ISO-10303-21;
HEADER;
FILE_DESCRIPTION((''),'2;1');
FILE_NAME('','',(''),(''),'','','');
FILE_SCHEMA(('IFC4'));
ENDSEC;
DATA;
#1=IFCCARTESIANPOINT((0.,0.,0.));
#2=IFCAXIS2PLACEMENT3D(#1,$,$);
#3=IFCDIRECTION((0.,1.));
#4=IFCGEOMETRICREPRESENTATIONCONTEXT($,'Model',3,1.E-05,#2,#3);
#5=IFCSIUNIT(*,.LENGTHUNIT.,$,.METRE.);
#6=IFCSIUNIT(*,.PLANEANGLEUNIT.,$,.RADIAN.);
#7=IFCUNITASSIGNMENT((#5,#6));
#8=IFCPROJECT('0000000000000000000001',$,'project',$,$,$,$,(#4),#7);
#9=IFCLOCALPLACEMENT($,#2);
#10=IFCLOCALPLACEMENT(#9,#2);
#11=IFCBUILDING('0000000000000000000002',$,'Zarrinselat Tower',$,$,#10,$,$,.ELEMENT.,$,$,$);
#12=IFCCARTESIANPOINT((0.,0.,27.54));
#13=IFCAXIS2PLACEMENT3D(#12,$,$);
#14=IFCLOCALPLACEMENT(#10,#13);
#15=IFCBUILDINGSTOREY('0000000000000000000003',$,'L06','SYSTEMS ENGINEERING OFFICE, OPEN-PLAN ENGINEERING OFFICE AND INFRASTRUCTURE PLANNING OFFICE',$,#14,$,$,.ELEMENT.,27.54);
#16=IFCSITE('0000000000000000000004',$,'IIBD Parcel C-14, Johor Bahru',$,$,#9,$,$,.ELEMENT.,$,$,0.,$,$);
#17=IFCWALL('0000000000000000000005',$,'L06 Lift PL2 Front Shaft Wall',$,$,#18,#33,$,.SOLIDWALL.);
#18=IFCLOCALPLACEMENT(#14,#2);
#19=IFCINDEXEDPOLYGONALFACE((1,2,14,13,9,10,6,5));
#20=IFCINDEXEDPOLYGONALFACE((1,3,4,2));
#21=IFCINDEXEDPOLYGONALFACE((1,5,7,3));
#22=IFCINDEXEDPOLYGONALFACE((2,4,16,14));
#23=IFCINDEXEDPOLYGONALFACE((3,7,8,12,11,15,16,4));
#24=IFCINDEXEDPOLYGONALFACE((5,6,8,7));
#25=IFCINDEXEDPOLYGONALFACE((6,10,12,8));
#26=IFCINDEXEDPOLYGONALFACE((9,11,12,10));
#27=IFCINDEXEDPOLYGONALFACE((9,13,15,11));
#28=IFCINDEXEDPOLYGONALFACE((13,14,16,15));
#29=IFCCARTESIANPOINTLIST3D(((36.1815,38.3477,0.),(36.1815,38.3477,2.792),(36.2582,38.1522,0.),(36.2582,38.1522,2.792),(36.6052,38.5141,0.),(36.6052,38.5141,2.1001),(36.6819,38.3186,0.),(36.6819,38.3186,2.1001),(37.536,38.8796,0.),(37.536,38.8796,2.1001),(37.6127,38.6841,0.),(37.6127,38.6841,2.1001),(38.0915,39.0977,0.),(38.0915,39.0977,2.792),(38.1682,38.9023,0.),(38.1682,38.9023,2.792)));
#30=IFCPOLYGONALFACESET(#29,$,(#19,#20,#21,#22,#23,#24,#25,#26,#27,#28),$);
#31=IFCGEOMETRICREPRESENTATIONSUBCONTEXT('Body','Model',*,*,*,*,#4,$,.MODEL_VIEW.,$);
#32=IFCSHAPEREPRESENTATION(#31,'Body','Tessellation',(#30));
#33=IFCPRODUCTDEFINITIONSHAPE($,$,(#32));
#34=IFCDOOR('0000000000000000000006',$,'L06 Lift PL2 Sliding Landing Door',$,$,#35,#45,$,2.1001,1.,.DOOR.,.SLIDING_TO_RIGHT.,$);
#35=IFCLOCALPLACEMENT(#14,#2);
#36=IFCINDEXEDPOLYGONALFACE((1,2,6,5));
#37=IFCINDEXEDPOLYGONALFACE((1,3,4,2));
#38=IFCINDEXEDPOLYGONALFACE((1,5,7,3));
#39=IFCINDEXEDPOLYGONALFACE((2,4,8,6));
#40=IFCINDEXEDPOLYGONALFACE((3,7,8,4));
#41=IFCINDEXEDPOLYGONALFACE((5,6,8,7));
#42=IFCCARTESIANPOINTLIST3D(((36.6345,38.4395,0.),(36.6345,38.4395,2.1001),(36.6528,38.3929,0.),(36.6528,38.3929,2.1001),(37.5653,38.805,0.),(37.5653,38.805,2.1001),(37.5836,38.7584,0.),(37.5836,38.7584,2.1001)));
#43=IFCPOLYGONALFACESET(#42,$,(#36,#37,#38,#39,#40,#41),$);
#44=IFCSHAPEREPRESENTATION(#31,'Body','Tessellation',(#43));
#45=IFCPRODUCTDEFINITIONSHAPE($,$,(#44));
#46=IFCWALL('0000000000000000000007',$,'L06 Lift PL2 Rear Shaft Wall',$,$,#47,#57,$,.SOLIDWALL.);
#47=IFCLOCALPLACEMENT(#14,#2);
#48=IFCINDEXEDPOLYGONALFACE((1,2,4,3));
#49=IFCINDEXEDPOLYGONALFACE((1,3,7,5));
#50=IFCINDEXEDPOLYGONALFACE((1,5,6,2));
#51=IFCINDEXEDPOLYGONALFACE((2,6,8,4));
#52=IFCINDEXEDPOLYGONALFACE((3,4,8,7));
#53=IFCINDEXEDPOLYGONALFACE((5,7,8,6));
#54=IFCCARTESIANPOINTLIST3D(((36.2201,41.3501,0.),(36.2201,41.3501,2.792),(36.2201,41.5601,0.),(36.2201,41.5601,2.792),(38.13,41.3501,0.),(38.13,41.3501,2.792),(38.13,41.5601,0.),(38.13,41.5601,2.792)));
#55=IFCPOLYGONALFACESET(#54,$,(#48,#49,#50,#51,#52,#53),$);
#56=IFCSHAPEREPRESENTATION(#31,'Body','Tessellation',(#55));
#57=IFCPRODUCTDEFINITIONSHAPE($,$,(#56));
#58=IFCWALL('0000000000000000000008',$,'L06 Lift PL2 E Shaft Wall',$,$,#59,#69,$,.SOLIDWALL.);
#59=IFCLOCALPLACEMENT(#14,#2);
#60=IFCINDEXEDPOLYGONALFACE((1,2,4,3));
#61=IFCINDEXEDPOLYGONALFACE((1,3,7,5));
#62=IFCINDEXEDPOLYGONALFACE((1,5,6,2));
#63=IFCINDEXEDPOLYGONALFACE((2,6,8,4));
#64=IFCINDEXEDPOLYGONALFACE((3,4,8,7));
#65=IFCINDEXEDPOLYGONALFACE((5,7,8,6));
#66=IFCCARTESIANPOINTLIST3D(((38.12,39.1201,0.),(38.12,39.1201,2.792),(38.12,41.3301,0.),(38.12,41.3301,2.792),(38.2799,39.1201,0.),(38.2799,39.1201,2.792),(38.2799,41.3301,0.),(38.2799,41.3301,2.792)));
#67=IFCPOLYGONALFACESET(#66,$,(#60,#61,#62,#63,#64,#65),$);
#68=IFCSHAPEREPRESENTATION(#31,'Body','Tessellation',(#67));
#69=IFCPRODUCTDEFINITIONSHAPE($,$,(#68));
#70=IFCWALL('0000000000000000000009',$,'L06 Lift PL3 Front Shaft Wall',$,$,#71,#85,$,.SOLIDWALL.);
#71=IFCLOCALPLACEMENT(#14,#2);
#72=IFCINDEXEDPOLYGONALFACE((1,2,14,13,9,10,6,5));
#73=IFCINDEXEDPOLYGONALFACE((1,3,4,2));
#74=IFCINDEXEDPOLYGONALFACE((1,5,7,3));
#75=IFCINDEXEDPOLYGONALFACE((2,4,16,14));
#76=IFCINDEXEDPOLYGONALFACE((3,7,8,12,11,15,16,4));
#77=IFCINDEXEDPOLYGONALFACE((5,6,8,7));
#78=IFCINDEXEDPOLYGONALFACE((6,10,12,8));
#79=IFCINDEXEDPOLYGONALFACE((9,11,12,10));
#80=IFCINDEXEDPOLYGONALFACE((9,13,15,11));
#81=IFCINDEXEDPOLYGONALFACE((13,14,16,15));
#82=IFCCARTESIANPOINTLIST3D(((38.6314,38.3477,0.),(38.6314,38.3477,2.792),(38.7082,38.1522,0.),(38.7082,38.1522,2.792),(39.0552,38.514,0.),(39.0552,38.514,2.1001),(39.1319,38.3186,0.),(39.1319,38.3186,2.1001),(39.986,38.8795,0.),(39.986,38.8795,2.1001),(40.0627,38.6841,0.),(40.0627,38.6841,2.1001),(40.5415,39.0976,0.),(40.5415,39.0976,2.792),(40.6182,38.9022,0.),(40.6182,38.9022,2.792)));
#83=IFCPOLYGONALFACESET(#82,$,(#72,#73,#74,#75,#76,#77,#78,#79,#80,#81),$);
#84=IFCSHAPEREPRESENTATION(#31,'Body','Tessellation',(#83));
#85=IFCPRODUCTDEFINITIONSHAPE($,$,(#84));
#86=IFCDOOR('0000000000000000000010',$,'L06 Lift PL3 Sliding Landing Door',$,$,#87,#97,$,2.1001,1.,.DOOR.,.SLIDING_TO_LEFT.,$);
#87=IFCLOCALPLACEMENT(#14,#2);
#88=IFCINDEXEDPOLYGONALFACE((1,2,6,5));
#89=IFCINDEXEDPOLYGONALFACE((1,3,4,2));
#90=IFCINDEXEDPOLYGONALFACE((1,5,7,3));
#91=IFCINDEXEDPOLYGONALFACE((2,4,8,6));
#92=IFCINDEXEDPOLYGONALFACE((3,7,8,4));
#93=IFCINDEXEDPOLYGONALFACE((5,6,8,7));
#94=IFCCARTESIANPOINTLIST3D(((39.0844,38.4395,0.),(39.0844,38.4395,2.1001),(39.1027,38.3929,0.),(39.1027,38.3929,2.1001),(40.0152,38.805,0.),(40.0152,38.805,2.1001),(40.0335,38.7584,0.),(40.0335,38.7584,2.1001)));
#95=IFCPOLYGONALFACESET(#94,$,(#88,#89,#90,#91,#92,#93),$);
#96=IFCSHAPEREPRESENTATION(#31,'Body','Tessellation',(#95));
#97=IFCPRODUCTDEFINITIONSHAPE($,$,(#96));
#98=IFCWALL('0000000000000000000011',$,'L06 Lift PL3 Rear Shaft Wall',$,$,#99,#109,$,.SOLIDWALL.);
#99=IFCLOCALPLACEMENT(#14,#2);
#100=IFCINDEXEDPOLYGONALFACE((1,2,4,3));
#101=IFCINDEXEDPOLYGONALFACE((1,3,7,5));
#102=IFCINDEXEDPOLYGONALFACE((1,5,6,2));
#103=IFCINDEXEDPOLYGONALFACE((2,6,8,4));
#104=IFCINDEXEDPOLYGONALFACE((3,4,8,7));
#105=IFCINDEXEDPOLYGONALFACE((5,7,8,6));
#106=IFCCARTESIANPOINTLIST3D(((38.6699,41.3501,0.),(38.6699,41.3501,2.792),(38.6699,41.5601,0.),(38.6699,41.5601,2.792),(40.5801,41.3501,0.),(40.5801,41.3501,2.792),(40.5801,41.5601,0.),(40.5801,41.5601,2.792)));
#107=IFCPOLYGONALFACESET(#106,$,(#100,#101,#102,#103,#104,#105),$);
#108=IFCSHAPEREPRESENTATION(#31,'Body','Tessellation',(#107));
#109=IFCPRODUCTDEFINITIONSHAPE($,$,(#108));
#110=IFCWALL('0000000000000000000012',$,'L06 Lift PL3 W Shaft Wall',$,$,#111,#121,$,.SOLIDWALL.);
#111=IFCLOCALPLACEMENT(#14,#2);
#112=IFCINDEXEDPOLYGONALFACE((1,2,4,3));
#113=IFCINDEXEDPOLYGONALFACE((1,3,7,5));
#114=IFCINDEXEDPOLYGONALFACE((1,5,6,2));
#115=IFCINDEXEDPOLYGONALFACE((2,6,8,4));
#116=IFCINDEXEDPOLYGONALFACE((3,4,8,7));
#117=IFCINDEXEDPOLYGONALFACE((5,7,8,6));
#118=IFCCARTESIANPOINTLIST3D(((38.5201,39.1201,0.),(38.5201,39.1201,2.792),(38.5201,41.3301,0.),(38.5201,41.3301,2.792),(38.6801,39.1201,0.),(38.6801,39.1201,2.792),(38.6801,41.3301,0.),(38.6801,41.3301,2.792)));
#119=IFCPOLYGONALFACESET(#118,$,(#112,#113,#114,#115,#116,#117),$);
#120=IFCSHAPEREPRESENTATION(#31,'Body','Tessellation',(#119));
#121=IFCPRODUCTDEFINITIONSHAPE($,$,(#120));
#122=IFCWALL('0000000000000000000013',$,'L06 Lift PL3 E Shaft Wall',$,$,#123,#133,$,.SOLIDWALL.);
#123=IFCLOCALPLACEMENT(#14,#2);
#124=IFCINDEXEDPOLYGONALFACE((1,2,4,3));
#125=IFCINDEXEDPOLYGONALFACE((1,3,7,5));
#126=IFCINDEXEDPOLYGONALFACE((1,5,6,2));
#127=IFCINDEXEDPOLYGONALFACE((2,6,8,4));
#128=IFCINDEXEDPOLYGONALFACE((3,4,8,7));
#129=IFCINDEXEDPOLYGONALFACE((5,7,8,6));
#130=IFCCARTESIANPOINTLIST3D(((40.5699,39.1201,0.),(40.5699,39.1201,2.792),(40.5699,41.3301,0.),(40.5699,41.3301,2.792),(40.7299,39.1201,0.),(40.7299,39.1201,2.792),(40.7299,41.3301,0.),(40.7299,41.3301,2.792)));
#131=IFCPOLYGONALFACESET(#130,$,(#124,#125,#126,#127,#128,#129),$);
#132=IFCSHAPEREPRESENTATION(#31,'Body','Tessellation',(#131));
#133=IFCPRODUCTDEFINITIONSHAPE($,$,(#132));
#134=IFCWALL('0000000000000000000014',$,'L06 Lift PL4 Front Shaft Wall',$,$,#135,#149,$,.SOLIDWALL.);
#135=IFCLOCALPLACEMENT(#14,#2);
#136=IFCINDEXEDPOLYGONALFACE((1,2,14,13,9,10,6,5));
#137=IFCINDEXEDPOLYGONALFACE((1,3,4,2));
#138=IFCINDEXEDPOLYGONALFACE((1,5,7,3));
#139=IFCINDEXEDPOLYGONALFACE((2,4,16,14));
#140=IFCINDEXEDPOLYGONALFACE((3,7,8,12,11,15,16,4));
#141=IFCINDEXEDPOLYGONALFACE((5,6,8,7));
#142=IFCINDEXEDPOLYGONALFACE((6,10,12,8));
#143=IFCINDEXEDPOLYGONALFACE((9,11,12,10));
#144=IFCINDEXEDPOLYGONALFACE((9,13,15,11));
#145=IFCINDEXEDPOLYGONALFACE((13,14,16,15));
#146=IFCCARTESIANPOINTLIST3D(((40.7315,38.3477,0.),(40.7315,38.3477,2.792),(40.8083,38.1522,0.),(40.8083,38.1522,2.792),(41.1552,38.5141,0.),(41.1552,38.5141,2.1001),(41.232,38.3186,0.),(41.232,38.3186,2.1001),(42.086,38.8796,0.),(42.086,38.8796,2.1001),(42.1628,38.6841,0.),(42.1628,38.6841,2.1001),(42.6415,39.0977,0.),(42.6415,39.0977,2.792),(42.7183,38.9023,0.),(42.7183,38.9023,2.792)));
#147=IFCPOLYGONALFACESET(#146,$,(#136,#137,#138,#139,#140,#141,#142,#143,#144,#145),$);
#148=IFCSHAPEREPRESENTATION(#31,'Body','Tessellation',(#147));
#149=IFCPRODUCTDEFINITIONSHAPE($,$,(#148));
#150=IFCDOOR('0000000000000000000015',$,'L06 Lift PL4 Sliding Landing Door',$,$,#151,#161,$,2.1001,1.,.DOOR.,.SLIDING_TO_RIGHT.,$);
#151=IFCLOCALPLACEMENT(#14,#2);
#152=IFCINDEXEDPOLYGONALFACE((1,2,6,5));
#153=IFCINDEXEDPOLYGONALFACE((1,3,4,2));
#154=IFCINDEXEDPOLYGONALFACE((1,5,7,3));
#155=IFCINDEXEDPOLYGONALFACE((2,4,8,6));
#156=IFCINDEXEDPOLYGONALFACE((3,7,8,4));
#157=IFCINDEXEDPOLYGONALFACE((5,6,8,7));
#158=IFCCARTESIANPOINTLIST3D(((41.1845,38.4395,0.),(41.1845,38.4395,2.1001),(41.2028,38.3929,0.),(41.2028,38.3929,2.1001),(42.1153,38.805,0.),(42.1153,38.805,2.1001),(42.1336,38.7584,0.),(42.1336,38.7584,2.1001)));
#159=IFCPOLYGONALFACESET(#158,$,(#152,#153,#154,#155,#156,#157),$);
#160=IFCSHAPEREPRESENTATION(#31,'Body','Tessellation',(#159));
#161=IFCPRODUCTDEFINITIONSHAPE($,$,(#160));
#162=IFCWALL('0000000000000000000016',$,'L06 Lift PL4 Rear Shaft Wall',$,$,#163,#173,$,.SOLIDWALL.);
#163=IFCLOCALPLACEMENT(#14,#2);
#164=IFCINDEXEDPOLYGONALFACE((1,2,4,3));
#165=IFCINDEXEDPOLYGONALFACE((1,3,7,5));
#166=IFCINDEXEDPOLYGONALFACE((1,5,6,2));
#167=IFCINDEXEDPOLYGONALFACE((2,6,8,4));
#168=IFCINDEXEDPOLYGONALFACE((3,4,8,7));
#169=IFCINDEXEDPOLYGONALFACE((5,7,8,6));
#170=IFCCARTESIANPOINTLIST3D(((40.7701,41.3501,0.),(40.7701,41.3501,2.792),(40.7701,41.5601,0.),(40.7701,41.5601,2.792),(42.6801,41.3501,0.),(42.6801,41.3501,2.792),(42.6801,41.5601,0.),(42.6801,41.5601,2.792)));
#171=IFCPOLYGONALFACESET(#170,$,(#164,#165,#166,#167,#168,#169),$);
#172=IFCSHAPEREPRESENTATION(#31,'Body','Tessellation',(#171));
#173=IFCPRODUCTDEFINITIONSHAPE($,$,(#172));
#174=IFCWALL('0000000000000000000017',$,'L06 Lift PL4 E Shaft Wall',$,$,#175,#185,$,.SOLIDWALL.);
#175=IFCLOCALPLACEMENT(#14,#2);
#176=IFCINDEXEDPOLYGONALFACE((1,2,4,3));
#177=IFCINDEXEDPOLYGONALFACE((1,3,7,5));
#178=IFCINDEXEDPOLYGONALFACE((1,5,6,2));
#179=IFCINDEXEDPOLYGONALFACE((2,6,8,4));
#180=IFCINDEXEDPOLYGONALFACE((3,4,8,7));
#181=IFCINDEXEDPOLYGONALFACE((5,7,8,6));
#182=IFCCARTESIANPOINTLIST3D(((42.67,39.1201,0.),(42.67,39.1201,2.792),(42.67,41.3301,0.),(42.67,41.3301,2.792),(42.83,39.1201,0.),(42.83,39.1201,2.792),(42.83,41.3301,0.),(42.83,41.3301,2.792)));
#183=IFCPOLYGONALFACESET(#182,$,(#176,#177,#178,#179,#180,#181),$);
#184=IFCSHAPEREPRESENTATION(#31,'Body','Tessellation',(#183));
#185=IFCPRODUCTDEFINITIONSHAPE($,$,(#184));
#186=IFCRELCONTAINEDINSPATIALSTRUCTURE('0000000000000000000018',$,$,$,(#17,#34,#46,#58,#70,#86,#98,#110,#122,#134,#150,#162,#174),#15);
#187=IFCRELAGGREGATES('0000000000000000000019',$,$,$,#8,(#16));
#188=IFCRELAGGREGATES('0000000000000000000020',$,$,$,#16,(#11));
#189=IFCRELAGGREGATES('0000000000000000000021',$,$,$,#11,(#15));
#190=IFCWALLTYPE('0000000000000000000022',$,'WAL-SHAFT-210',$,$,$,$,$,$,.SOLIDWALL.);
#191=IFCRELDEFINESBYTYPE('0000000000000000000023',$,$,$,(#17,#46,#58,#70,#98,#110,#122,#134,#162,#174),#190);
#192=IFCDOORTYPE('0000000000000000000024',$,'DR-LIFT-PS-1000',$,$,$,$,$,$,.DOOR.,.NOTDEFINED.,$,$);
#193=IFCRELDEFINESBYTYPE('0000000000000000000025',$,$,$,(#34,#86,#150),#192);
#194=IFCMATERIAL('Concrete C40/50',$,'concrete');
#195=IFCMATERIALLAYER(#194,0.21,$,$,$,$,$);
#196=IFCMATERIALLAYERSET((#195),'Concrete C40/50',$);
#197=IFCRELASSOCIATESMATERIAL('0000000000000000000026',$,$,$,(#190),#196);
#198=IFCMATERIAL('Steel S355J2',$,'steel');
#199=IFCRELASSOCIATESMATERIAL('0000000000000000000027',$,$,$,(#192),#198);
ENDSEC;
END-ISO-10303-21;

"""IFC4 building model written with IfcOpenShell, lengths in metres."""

from ifc_helpers import new_model, si_unit, direction, frame, frame_2d, origin, place, context, subcontext, project, spatial, rectangle, extrude, material, layer, layer_set, type_object, element, fill, save


model = new_model("IFC4")

# Units and contexts
model_context = context("Model", 3, precision=1e-05, world=origin(), true_north=direction((0.0, 1.0)))
body_context = subcontext(model_context, "Body", "Model", "MODEL_VIEW")
ifc_project = project(units=[si_unit("LENGTHUNIT", "METRE"), si_unit("PLANEANGLEUNIT", "RADIAN")], contexts=[model_context])

# Site, building, storey
site_placement = place(None, origin())
site = spatial("IfcSite", under=ifc_project, at=site_placement, Name="IIBD Parcel C-14, Johor Bahru", CompositionType="ELEMENT", RefElevation=0.0)
building_placement = place(site_placement, origin())
building = spatial("IfcBuilding", under=site, at=building_placement, Name="Zarrinselat Tower", CompositionType="ELEMENT")
storey_placement = place(building_placement, frame((0.0, 0.0, 27.54)))
storey = spatial("IfcBuildingStorey", under=building, at=storey_placement, Name="L06", Description="SYSTEMS ENGINEERING OFFICE, OPEN-PLAN ENGINEERING OFFICE AND INFRASTRUCTURE PLANNING OFFICE", CompositionType="ELEMENT", Elevation=27.54)

# Shared definitions
ifc_material_1 = material(Name="Concrete C40/50", Category="concrete")
ifc_layer_1 = layer(ifc_material_1, 0.21)
ifc_layer_set_1 = layer_set([ifc_layer_1], Name="Concrete C40/50")
wall_type_1 = type_object("IfcWallType", Name="WAL-SHAFT-210", PredefinedType="SOLIDWALL", material=ifc_layer_set_1)

# Wall, opening, door
wall_1_placement = place(storey_placement, frame((36.22, 38.25, 0.0), z_axis=(0.0, 0.0, 1.0), x_axis=(0.930805, 0.365516, 0.0)))
wall_1 = element("IfcWall", 1, at=wall_1_placement, inside=storey, type_object=wall_type_1, Name="L06 Lift PL2 Front Shaft Wall", PredefinedType="SOLIDWALL", context=body_context, shape_type="SweptSolid", body=[
    extrude(rectangle(XDim=2.052, YDim=0.21, at=frame_2d((1.0259, 0.0))), origin(), (0.0, 0.0, 1.0), 2.792),
])
opening_1_placement = place(wall_1_placement, frame((0.4551, 0.0, 0.0)))
opening_1 = element("IfcOpeningElement", 2, at=opening_1_placement, cuts=wall_1, PredefinedType="OPENING", context=body_context, shape_type="SweptSolid", body=[
    extrude(rectangle(XDim=1.0, YDim=2.1001, at=frame_2d((0.5, 1.05))), frame((0.0, 0.115, 0.0), z_axis=(0.0, -1.0, 0.0), x_axis=(1.0, 0.0, 0.0)), (0.0, 0.0, 1.0), 0.23),
])
ifc_material_2 = material(Name="Steel S355J2", Category="steel")
door_type_1 = type_object("IfcDoorType", Name="DR-LIFT-PS-1000", OperationType="NOTDEFINED", PredefinedType="DOOR", material=ifc_material_2)
door_1_placement = place(opening_1_placement, origin())
door_1 = element("IfcDoor", 3, at=door_1_placement, inside=storey, type_object=door_type_1, Name="L06 Lift PL2 Sliding Landing Door", OperationType="SLIDING_TO_RIGHT", OverallHeight=2.1001, OverallWidth=1.0, PredefinedType="DOOR", context=body_context, shape_type="SweptSolid", body=[
    extrude(rectangle(XDim=1.0, YDim=2.1001, at=frame_2d((0.5, 1.05))), frame((0.0, 0.0249, 0.0), z_axis=(0.0, -1.0, 0.0), x_axis=(1.0, 0.0, 0.0)), (0.0, 0.0, 1.0), 0.05),
])
fill(opening_1, door_1)

# Walls
wall_2_placement = place(storey_placement, frame((36.22, 41.4551, 0.0), z_axis=(0.0, 0.0, 1.0), x_axis=(1.0, 0.0, 0.0)))
element("IfcWall", 4, at=wall_2_placement, inside=storey, type_object=wall_type_1, Name="L06 Lift PL2 Rear Shaft Wall", PredefinedType="SOLIDWALL", context=body_context, shape_type="SweptSolid", body=[
    extrude(rectangle(XDim=1.9099, YDim=0.21, at=frame_2d((0.9551, 0.0))), origin(), (0.0, 0.0, 1.0), 2.792),
])
wall_3_placement = place(storey_placement, frame((38.2, 39.1201, 0.0), z_axis=(0.0, 0.0, 1.0), x_axis=(0.0, 1.0, 0.0)))
element("IfcWall", 5, at=wall_3_placement, inside=storey, type_object=wall_type_1, Name="L06 Lift PL2 E Shaft Wall", PredefinedType="SOLIDWALL", context=body_context, shape_type="SweptSolid", body=[
    extrude(rectangle(XDim=2.21, YDim=0.1599, at=frame_2d((1.105, 0.0))), origin(), (0.0, 0.0, 1.0), 2.792),
])

# Wall, opening, door
wall_4_placement = place(storey_placement, frame((38.6699, 38.25, 0.0), z_axis=(0.0, 0.0, 1.0), x_axis=(0.930821, 0.365476, 0.0)))
wall_4 = element("IfcWall", 6, at=wall_4_placement, inside=storey, type_object=wall_type_1, Name="L06 Lift PL3 Front Shaft Wall", PredefinedType="SOLIDWALL", context=body_context, shape_type="SweptSolid", body=[
    extrude(rectangle(XDim=2.052, YDim=0.21, at=frame_2d((1.0259, 0.0))), origin(), (0.0, 0.0, 1.0), 2.792),
])
opening_2_placement = place(wall_4_placement, frame((0.4551, 0.0, 0.0)))
opening_2 = element("IfcOpeningElement", 7, at=opening_2_placement, cuts=wall_4, PredefinedType="OPENING", context=body_context, shape_type="SweptSolid", body=[
    extrude(rectangle(XDim=1.0, YDim=2.1001, at=frame_2d((0.5, 1.05))), frame((0.0, 0.115, 0.0), z_axis=(0.0, -1.0, 0.0), x_axis=(1.0, 0.0, 0.0)), (0.0, 0.0, 1.0), 0.23),
])
door_2_placement = place(opening_2_placement, origin())
door_2 = element("IfcDoor", 8, at=door_2_placement, inside=storey, type_object=door_type_1, Name="L06 Lift PL3 Sliding Landing Door", OperationType="SLIDING_TO_LEFT", OverallHeight=2.1001, OverallWidth=1.0, PredefinedType="DOOR", context=body_context, shape_type="SweptSolid", body=[
    extrude(rectangle(XDim=1.0, YDim=2.1001, at=frame_2d((0.5, 1.05))), frame((0.0, 0.0249, 0.0), z_axis=(0.0, -1.0, 0.0), x_axis=(1.0, 0.0, 0.0)), (0.0, 0.0, 1.0), 0.05),
])
fill(opening_2, door_2)

# Walls
wall_5_placement = place(storey_placement, frame((38.6699, 41.4551, 0.0), z_axis=(0.0, 0.0, 1.0), x_axis=(1.0, 0.0, 0.0)))
element("IfcWall", 9, at=wall_5_placement, inside=storey, type_object=wall_type_1, Name="L06 Lift PL3 Rear Shaft Wall", PredefinedType="SOLIDWALL", context=body_context, shape_type="SweptSolid", body=[
    extrude(rectangle(XDim=1.9102, YDim=0.21, at=frame_2d((0.9551, 0.0))), origin(), (0.0, 0.0, 1.0), 2.792),
])
for number, where, z_axis, x_axis, name in (
    (10, (38.6001, 39.1201, 0.0), (0.0, 0.0, 1.0), (0.0, 1.0, 0.0), "L06 Lift PL3 W Shaft Wall"),
    (11, (40.6499, 39.1201, 0.0), (0.0, 0.0, 1.0), (0.0, 1.0, 0.0), "L06 Lift PL3 E Shaft Wall"),
):
    element("IfcWall", number, at=place(storey_placement, frame(where, z_axis=z_axis, x_axis=x_axis)), inside=storey, type_object=wall_type_1, Name=name, PredefinedType="SOLIDWALL", context=body_context, shape_type="SweptSolid", body=[
        extrude(rectangle(XDim=2.21, YDim=0.1599, at=frame_2d((1.105, 0.0))), origin(), (0.0, 0.0, 1.0), 2.792),
    ])

# Wall, opening, door
wall_6_placement = place(storey_placement, frame((40.77, 38.25, 0.0), z_axis=(0.0, 0.0, 1.0), x_axis=(0.930805, 0.365516, 0.0)))
wall_6 = element("IfcWall", 12, at=wall_6_placement, inside=storey, type_object=wall_type_1, Name="L06 Lift PL4 Front Shaft Wall", PredefinedType="SOLIDWALL", context=body_context, shape_type="SweptSolid", body=[
    extrude(rectangle(XDim=2.052, YDim=0.21, at=frame_2d((1.0259, 0.0))), origin(), (0.0, 0.0, 1.0), 2.792),
])
opening_3_placement = place(wall_6_placement, frame((0.4551, 0.0, 0.0)))
opening_3 = element("IfcOpeningElement", 13, at=opening_3_placement, cuts=wall_6, PredefinedType="OPENING", context=body_context, shape_type="SweptSolid", body=[
    extrude(rectangle(XDim=1.0, YDim=2.1001, at=frame_2d((0.5, 1.05))), frame((0.0, 0.115, 0.0), z_axis=(0.0, -1.0, 0.0), x_axis=(1.0, 0.0, 0.0)), (0.0, 0.0, 1.0), 0.23),
])
door_3_placement = place(opening_3_placement, origin())
door_3 = element("IfcDoor", 14, at=door_3_placement, inside=storey, type_object=door_type_1, Name="L06 Lift PL4 Sliding Landing Door", OperationType="SLIDING_TO_RIGHT", OverallHeight=2.1001, OverallWidth=1.0, PredefinedType="DOOR", context=body_context, shape_type="SweptSolid", body=[
    extrude(rectangle(XDim=1.0, YDim=2.1001, at=frame_2d((0.5, 1.05))), frame((0.0, 0.0249, 0.0), z_axis=(0.0, -1.0, 0.0), x_axis=(1.0, 0.0, 0.0)), (0.0, 0.0, 1.0), 0.05),
])
fill(opening_3, door_3)

# Walls
wall_7_placement = place(storey_placement, frame((40.77, 41.4551, 0.0), z_axis=(0.0, 0.0, 1.0), x_axis=(1.0, 0.0, 0.0)))
element("IfcWall", 15, at=wall_7_placement, inside=storey, type_object=wall_type_1, Name="L06 Lift PL4 Rear Shaft Wall", PredefinedType="SOLIDWALL", context=body_context, shape_type="SweptSolid", body=[
    extrude(rectangle(XDim=1.9099, YDim=0.21, at=frame_2d((0.9551, 0.0))), origin(), (0.0, 0.0, 1.0), 2.792),
])
wall_8_placement = place(storey_placement, frame((42.75, 39.1201, 0.0), z_axis=(0.0, 0.0, 1.0), x_axis=(0.0, 1.0, 0.0)))
element("IfcWall", 16, at=wall_8_placement, inside=storey, type_object=wall_type_1, Name="L06 Lift PL4 E Shaft Wall", PredefinedType="SOLIDWALL", context=body_context, shape_type="SweptSolid", body=[
    extrude(rectangle(XDim=2.21, YDim=0.1599, at=frame_2d((1.105, 0.0))), origin(), (0.0, 0.0, 1.0), 2.792),
])

save(model, "model.ifc")
